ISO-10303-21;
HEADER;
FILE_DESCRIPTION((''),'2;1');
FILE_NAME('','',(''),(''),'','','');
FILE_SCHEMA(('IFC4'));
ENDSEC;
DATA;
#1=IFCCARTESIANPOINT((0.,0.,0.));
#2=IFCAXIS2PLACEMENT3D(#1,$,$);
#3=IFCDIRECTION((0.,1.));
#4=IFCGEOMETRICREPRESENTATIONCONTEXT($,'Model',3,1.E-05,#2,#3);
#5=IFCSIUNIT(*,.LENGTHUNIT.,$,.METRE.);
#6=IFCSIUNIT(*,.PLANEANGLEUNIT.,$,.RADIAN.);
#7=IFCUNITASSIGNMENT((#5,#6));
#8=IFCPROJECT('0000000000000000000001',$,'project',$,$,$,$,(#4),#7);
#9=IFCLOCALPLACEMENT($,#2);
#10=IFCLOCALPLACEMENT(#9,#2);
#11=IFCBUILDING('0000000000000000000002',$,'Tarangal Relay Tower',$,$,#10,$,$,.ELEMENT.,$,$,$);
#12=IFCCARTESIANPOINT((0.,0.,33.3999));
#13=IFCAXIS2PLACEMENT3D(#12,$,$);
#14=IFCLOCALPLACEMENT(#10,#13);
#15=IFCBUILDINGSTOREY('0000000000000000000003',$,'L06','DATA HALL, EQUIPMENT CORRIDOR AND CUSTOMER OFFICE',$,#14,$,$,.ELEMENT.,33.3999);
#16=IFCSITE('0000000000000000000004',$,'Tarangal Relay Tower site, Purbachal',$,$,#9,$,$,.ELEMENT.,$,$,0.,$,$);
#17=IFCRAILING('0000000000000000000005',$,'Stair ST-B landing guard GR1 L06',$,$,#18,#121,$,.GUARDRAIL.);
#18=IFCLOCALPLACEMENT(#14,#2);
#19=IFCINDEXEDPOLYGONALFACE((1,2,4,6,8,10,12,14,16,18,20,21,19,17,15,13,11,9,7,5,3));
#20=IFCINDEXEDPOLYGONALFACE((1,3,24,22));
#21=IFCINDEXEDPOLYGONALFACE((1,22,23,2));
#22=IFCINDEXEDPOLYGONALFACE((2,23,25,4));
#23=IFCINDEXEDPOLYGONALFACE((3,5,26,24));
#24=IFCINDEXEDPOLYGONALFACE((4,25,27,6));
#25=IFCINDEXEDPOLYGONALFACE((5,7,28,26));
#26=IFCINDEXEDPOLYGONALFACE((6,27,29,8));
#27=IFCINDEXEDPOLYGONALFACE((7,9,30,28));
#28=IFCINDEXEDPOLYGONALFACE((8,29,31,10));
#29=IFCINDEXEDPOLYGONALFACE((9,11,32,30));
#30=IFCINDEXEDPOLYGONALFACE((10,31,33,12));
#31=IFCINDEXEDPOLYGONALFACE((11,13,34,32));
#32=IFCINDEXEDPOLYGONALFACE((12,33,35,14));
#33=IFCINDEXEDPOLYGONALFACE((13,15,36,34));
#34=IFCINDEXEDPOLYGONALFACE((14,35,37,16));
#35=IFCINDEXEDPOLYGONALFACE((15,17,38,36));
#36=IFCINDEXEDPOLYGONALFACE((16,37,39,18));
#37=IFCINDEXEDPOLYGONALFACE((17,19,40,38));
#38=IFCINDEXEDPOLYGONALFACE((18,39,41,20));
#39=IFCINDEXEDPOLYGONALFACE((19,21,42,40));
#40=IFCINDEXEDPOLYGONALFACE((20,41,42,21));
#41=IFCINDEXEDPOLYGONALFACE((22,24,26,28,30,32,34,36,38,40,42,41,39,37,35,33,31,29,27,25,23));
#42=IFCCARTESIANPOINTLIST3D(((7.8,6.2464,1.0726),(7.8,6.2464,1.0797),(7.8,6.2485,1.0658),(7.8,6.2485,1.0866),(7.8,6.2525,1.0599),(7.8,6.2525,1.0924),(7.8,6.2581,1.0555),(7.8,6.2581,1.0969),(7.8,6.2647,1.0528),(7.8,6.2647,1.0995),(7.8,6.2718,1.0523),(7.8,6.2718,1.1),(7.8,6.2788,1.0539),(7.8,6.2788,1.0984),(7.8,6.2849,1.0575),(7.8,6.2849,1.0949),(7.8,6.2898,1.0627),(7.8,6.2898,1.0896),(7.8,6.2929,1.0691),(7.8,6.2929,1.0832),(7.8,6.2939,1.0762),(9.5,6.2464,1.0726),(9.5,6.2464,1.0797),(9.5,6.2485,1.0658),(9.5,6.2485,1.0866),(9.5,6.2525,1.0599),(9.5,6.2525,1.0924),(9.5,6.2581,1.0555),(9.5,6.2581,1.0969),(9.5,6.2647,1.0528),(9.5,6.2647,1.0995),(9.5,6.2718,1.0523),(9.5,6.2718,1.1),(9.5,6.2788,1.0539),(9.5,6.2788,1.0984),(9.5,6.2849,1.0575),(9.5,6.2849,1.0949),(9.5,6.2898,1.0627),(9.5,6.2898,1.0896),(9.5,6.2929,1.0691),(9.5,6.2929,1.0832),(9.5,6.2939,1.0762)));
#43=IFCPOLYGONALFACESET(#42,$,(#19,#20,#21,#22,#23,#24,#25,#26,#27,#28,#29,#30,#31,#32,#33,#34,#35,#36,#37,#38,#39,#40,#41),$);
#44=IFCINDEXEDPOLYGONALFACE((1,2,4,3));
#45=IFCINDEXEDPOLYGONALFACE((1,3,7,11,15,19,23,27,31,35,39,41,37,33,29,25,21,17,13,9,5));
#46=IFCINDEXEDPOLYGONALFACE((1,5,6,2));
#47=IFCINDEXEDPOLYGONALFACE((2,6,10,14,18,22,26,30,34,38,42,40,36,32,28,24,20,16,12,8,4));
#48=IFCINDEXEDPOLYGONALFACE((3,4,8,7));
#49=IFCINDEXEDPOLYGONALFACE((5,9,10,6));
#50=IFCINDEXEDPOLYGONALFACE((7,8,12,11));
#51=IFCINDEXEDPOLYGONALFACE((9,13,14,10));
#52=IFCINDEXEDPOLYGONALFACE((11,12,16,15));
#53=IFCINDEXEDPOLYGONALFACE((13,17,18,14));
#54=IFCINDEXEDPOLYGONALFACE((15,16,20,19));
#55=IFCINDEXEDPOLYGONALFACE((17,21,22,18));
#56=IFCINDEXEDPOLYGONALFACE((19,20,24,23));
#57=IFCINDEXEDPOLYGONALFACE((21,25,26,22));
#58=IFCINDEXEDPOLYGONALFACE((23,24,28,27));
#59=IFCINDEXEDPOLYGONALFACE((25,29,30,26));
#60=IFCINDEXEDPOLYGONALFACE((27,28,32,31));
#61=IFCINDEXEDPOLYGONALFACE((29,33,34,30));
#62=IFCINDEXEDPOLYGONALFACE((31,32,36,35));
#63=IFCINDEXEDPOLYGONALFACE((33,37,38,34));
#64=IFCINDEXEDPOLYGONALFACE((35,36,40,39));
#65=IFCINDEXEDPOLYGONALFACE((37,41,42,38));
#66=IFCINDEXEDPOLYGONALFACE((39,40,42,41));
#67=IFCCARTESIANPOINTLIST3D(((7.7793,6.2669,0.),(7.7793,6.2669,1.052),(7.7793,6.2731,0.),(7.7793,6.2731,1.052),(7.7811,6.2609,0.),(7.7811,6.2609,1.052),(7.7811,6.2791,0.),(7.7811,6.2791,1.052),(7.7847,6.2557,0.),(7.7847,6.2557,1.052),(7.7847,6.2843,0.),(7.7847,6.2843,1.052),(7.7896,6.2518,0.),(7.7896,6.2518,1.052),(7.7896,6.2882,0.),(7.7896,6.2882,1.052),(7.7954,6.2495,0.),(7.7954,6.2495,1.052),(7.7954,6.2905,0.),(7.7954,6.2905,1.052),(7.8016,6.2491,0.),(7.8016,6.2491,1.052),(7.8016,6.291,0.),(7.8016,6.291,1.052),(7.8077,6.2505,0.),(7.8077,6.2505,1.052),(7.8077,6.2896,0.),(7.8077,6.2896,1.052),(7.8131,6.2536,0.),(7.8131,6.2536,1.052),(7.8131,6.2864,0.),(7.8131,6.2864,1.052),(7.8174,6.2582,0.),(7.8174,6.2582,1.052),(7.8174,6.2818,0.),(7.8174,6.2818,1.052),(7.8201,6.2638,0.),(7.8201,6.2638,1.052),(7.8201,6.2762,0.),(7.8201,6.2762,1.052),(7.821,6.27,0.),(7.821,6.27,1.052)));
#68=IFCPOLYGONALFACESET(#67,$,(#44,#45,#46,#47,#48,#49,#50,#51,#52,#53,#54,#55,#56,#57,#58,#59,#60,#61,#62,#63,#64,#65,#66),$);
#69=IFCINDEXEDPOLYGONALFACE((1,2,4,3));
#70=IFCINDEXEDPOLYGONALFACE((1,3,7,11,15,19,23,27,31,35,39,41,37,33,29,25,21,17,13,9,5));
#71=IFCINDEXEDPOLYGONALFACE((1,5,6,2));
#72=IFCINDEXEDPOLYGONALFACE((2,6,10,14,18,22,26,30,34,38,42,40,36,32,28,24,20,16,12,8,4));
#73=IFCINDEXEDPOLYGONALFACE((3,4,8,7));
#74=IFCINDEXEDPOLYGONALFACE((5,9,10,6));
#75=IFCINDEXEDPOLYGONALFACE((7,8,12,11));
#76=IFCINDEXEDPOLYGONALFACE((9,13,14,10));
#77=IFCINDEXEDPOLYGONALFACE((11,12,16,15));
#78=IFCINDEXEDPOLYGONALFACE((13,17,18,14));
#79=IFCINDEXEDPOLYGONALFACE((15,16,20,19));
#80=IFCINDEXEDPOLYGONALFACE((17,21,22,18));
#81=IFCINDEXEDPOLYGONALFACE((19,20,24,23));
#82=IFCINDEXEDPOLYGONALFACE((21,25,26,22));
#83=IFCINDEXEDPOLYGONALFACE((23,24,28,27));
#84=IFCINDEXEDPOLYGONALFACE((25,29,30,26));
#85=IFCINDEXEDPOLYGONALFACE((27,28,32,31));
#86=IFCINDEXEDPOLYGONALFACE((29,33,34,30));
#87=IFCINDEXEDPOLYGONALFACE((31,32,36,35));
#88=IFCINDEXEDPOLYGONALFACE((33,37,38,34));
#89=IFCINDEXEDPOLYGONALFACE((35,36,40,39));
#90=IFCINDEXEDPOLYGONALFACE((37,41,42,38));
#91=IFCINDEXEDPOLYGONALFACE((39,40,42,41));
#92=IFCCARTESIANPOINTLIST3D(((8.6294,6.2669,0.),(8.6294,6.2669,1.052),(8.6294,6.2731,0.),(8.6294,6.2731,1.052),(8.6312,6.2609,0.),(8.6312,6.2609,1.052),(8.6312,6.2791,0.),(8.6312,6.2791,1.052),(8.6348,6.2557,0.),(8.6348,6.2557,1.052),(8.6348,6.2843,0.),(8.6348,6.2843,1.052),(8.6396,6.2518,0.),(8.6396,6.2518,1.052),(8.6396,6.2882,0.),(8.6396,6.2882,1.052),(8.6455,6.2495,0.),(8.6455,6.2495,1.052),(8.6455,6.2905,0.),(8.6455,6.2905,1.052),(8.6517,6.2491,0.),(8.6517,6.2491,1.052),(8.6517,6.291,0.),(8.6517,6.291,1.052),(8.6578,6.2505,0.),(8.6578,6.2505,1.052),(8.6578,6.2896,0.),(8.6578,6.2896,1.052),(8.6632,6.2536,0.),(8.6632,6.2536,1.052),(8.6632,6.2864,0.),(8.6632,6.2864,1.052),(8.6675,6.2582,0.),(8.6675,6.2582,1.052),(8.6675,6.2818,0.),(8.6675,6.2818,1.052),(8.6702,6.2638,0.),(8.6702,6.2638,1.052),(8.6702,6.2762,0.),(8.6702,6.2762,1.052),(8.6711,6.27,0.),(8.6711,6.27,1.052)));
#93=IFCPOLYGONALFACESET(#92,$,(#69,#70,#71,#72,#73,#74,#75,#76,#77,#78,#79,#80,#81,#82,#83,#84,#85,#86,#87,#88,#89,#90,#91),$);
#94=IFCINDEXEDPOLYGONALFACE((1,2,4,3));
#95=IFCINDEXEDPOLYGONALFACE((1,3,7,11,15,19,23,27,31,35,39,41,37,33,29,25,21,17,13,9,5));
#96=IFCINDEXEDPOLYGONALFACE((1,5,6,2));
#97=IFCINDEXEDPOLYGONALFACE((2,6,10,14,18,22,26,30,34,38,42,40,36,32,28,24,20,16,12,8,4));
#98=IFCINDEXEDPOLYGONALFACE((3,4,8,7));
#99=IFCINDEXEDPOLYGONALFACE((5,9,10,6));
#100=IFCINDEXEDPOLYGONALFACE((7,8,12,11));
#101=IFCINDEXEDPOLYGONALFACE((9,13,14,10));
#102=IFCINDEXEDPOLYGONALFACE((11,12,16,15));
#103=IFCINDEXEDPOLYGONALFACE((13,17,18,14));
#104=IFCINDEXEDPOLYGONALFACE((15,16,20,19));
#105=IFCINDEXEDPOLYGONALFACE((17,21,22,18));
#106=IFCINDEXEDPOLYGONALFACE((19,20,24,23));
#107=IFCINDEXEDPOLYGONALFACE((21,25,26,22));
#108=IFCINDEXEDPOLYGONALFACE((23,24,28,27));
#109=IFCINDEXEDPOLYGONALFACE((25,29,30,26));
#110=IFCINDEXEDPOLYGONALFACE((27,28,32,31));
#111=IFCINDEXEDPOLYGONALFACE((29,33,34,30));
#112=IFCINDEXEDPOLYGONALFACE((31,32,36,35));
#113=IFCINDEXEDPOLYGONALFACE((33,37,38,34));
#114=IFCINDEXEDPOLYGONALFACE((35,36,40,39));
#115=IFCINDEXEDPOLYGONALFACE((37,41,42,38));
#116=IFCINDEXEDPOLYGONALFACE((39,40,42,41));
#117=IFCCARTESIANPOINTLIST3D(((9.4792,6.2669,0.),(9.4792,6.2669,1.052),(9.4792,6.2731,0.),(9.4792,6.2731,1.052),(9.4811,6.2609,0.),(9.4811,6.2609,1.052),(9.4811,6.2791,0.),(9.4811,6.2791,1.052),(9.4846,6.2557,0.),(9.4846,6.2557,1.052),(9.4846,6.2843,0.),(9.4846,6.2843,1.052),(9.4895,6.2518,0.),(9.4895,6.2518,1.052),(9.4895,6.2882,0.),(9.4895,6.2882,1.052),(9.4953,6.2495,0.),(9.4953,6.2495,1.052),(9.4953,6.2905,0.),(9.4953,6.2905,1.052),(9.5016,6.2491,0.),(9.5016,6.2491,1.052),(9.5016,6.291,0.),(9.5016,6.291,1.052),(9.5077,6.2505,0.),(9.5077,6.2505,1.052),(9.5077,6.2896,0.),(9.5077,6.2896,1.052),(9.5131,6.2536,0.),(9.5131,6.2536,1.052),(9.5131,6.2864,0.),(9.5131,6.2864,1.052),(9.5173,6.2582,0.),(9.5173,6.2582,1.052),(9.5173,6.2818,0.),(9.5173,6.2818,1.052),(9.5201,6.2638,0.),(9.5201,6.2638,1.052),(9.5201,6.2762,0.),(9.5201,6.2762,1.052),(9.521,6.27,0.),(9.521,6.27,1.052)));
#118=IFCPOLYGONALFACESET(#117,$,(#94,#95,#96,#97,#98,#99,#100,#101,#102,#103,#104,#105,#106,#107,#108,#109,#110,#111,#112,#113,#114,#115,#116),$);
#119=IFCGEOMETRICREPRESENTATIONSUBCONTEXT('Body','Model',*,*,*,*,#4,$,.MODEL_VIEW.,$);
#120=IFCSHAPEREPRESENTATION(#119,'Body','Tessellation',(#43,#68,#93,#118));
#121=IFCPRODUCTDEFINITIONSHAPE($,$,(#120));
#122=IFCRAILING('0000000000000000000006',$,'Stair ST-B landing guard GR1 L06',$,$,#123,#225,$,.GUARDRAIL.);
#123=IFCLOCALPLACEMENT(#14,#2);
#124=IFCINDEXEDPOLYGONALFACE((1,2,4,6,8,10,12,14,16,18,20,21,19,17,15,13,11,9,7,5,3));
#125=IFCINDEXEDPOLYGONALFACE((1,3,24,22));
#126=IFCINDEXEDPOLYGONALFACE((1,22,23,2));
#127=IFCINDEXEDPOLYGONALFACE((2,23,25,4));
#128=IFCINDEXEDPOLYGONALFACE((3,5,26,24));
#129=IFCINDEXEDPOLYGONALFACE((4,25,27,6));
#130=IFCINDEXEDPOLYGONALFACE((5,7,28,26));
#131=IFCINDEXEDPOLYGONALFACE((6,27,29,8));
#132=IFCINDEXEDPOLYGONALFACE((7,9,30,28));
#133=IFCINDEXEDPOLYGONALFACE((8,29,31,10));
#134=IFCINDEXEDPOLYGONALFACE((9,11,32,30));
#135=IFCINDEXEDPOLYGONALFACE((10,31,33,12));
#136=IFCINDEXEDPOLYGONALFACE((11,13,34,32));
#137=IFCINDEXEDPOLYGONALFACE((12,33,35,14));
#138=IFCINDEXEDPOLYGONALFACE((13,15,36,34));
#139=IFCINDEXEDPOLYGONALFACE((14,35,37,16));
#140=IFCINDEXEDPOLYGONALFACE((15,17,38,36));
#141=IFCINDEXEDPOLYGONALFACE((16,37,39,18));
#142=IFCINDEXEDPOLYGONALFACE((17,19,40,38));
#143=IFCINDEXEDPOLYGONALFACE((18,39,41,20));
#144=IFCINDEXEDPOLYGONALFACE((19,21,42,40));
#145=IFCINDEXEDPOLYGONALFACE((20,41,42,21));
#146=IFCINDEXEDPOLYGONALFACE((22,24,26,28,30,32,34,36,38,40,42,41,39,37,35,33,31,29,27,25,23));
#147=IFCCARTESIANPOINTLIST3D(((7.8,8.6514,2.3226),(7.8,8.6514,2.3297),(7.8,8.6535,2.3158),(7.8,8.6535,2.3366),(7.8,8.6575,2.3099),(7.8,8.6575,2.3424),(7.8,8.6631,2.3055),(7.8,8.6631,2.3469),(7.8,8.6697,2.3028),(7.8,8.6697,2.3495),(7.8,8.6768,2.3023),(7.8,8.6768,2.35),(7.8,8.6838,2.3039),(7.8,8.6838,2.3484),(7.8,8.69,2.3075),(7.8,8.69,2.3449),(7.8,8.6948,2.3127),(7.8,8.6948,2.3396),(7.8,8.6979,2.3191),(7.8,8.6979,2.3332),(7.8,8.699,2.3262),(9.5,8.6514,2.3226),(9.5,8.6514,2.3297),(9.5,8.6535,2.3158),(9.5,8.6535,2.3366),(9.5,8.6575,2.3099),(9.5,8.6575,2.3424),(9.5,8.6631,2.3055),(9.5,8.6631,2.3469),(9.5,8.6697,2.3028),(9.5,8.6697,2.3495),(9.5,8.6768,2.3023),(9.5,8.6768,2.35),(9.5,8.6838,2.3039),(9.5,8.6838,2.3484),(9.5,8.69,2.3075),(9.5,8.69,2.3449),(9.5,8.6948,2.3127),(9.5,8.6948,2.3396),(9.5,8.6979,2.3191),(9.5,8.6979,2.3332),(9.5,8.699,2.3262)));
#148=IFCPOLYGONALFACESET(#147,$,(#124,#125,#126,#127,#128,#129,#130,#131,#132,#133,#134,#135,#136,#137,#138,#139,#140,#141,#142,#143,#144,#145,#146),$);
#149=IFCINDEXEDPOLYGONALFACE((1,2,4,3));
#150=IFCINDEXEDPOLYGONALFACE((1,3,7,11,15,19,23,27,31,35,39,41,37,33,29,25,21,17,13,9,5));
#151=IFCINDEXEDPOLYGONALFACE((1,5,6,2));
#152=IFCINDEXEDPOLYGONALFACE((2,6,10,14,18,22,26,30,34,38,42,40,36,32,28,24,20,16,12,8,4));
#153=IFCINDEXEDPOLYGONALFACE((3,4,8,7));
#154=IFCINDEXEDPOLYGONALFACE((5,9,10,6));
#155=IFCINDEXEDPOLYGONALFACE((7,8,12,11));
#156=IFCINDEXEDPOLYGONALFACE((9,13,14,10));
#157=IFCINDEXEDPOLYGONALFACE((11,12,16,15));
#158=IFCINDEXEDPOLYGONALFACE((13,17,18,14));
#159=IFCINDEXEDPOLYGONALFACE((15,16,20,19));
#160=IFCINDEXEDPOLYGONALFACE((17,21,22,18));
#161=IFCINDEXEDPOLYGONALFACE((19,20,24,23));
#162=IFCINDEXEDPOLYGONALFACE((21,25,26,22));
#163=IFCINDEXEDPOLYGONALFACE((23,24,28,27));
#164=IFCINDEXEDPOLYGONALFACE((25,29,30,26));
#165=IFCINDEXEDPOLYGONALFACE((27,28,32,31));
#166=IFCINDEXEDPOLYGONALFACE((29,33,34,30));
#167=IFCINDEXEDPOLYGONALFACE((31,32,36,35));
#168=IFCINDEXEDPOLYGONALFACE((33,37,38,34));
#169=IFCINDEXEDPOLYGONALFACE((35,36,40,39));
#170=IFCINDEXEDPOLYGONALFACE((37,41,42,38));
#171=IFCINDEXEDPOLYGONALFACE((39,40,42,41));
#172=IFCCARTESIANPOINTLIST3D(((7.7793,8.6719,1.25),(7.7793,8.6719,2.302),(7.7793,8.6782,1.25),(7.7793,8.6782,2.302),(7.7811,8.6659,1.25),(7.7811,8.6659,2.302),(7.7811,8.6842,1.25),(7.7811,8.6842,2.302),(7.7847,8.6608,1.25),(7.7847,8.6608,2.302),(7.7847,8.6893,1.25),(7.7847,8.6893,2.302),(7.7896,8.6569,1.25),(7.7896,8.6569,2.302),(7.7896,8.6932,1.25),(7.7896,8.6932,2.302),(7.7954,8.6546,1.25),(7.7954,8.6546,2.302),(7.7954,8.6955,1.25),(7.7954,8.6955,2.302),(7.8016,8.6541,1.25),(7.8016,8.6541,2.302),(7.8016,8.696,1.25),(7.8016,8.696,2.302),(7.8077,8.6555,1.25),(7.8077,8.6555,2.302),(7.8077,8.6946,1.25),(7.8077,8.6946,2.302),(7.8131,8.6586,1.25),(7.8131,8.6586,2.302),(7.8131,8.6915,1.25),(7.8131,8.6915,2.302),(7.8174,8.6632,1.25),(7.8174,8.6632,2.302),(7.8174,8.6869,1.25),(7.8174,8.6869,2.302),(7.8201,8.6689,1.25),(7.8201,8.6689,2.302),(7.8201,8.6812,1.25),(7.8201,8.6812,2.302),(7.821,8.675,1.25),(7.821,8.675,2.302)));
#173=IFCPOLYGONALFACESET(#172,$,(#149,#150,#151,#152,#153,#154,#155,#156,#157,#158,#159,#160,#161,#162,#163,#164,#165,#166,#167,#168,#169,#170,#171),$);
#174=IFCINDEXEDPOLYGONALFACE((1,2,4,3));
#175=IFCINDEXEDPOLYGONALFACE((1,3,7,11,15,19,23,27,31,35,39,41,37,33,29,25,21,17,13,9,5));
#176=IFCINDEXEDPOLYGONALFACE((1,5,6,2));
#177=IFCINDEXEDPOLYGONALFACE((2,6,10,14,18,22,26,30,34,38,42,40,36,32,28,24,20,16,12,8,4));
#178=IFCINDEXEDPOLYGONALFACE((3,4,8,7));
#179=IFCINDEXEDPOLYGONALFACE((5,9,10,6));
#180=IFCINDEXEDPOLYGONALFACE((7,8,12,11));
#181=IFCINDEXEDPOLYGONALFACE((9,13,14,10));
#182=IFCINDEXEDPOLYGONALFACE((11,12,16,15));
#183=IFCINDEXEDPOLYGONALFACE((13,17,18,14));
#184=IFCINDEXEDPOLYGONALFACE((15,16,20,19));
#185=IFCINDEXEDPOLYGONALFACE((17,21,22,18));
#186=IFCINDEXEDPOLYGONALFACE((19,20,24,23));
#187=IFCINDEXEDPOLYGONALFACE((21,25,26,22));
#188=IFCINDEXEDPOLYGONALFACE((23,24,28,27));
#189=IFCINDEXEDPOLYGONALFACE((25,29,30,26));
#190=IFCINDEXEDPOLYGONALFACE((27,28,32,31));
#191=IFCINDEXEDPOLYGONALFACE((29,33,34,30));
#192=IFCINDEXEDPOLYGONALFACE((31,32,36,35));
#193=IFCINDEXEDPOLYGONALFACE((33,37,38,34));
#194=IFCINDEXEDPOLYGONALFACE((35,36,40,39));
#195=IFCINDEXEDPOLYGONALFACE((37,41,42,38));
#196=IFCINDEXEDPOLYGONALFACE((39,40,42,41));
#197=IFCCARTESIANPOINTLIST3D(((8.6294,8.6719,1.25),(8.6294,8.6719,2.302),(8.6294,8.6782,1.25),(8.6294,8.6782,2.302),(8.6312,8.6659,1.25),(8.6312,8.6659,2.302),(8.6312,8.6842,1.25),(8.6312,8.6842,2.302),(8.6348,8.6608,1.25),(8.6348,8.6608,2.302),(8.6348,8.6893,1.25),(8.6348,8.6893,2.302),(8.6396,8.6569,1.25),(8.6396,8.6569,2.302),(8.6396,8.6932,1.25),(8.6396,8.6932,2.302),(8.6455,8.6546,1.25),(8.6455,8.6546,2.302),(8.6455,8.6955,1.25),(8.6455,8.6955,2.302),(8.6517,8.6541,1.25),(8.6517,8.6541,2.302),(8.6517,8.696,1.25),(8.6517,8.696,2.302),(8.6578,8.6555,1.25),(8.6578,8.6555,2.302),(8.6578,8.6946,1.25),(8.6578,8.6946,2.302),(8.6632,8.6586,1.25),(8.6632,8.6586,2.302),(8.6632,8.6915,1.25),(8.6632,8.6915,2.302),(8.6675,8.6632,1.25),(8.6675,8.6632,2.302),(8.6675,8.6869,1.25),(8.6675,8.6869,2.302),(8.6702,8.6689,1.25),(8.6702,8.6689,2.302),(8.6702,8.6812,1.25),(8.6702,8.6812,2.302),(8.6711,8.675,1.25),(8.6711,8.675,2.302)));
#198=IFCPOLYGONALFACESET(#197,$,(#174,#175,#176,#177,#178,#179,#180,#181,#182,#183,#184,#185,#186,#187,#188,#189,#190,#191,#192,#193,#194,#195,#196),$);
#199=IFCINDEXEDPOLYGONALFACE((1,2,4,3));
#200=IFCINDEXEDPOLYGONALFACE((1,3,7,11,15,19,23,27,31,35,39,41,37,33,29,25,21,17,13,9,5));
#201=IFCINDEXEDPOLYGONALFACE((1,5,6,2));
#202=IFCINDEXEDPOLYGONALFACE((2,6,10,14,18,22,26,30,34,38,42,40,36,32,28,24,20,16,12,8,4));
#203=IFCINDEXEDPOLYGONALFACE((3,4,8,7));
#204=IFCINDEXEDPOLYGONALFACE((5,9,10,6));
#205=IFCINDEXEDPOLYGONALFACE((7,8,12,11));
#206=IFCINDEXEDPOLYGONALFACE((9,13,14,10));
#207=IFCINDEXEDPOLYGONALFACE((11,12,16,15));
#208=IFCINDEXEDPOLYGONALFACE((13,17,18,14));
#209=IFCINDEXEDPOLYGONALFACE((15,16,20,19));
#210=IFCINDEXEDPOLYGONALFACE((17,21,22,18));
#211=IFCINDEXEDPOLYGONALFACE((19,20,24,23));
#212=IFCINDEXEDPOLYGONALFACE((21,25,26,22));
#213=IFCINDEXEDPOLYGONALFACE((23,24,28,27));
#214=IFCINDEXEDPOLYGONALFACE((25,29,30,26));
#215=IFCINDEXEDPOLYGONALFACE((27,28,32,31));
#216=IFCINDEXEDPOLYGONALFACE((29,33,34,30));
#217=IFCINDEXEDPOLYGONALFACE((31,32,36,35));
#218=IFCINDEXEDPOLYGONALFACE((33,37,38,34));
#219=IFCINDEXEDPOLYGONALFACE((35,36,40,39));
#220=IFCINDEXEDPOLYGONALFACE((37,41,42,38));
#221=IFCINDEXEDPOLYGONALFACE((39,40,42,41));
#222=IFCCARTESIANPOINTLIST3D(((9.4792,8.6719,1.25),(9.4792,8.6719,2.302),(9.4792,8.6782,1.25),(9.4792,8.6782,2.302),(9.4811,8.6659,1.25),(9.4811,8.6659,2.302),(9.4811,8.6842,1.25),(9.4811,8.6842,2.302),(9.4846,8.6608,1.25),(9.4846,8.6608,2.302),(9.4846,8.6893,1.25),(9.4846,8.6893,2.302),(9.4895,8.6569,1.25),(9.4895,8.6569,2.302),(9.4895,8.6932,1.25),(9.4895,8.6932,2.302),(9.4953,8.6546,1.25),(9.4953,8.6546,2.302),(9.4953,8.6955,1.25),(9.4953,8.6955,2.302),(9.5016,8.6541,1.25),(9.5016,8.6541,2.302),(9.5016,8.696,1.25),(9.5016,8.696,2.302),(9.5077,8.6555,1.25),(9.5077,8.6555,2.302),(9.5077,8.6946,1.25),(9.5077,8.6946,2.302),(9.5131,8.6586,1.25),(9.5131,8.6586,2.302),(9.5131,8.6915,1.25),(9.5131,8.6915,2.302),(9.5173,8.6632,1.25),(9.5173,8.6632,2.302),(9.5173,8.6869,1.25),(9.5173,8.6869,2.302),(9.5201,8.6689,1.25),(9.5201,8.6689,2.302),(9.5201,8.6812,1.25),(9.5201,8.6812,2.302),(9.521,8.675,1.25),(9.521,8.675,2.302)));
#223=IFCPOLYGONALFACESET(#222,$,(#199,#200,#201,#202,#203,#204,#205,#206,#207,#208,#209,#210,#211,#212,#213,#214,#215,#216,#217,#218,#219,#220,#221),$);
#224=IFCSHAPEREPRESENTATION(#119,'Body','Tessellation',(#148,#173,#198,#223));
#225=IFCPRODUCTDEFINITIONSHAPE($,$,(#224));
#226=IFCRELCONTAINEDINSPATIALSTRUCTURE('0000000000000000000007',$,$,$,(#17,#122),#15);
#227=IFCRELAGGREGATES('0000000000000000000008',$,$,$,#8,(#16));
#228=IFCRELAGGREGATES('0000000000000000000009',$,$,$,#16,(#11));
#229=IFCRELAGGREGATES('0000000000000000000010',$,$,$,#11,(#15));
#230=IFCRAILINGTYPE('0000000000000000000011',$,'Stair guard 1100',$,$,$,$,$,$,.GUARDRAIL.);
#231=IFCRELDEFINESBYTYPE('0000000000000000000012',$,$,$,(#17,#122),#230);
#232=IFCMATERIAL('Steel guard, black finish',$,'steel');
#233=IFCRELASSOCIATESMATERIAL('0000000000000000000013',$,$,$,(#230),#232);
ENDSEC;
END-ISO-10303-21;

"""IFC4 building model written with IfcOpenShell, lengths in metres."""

from ifc_helpers import new_model, si_unit, direction, frame, origin, origin_2d, place, context, subcontext, project, spatial, circle, extrude, material, type_object, element, save


model = new_model("IFC4")

# Units and contexts
model_context = context("Model", 3, precision=1e-05, world=origin(), true_north=direction((0.0, 1.0)))
body_context = subcontext(model_context, "Body", "Model", "MODEL_VIEW")
ifc_project = project(units=[si_unit("LENGTHUNIT", "METRE"), si_unit("PLANEANGLEUNIT", "RADIAN")], contexts=[model_context])

# Site, building, storey
site_placement = place(None, origin())
site = spatial("IfcSite", under=ifc_project, at=site_placement, Name="Tarangal Relay Tower site, Purbachal", CompositionType="ELEMENT", RefElevation=0.0)
building_placement = place(site_placement, origin())
building = spatial("IfcBuilding", under=site, at=building_placement, Name="Tarangal Relay Tower", CompositionType="ELEMENT")
storey_placement = place(building_placement, frame((0.0, 0.0, 33.3999)))
storey = spatial("IfcBuildingStorey", under=building, at=storey_placement, Name="L06", Description="DATA HALL, EQUIPMENT CORRIDOR AND CUSTOMER OFFICE", CompositionType="ELEMENT", Elevation=33.3999)

# Railings
ifc_material_1 = material(Name="Steel guard, black finish", Category="steel")
railing_type_1 = type_object("IfcRailingType", Name="Stair guard 1100", PredefinedType="GUARDRAIL", material=ifc_material_1)
for number, where, name in (
    (1, (7.8, 6.27, 0.0), "Stair ST-B landing guard GR1 L06"),
    (2, (7.8, 8.675, 1.25), "Stair ST-B landing guard GR1 L06"),
):
    element("IfcRailing", number, at=place(storey_placement, frame(where)), inside=storey, type_object=railing_type_1, Name=name, PredefinedType="GUARDRAIL", context=body_context, shape_type="SweptSolid", body=[
        extrude(circle(Radius=0.0239, at=origin_2d()), frame((0.0, 0.0, 1.0762), z_axis=(1.0, 0.0, 0.0), x_axis=(0.0, 1.0, 0.0)), (0.0, 0.0, 1.0), 1.7),
        extrude(circle(Radius=0.021, at=origin_2d()), origin(), (0.0, 0.0, 1.0), 1.052),
        extrude(circle(Radius=0.021, at=origin_2d()), frame((0.8501, 0.0, 0.0)), (0.0, 0.0, 1.0), 1.052),
        extrude(circle(Radius=0.021, at=origin_2d()), frame((1.7, 0.0, 0.0)), (0.0, 0.0, 1.0), 1.052),
    ])

save(model, "model.ifc")
